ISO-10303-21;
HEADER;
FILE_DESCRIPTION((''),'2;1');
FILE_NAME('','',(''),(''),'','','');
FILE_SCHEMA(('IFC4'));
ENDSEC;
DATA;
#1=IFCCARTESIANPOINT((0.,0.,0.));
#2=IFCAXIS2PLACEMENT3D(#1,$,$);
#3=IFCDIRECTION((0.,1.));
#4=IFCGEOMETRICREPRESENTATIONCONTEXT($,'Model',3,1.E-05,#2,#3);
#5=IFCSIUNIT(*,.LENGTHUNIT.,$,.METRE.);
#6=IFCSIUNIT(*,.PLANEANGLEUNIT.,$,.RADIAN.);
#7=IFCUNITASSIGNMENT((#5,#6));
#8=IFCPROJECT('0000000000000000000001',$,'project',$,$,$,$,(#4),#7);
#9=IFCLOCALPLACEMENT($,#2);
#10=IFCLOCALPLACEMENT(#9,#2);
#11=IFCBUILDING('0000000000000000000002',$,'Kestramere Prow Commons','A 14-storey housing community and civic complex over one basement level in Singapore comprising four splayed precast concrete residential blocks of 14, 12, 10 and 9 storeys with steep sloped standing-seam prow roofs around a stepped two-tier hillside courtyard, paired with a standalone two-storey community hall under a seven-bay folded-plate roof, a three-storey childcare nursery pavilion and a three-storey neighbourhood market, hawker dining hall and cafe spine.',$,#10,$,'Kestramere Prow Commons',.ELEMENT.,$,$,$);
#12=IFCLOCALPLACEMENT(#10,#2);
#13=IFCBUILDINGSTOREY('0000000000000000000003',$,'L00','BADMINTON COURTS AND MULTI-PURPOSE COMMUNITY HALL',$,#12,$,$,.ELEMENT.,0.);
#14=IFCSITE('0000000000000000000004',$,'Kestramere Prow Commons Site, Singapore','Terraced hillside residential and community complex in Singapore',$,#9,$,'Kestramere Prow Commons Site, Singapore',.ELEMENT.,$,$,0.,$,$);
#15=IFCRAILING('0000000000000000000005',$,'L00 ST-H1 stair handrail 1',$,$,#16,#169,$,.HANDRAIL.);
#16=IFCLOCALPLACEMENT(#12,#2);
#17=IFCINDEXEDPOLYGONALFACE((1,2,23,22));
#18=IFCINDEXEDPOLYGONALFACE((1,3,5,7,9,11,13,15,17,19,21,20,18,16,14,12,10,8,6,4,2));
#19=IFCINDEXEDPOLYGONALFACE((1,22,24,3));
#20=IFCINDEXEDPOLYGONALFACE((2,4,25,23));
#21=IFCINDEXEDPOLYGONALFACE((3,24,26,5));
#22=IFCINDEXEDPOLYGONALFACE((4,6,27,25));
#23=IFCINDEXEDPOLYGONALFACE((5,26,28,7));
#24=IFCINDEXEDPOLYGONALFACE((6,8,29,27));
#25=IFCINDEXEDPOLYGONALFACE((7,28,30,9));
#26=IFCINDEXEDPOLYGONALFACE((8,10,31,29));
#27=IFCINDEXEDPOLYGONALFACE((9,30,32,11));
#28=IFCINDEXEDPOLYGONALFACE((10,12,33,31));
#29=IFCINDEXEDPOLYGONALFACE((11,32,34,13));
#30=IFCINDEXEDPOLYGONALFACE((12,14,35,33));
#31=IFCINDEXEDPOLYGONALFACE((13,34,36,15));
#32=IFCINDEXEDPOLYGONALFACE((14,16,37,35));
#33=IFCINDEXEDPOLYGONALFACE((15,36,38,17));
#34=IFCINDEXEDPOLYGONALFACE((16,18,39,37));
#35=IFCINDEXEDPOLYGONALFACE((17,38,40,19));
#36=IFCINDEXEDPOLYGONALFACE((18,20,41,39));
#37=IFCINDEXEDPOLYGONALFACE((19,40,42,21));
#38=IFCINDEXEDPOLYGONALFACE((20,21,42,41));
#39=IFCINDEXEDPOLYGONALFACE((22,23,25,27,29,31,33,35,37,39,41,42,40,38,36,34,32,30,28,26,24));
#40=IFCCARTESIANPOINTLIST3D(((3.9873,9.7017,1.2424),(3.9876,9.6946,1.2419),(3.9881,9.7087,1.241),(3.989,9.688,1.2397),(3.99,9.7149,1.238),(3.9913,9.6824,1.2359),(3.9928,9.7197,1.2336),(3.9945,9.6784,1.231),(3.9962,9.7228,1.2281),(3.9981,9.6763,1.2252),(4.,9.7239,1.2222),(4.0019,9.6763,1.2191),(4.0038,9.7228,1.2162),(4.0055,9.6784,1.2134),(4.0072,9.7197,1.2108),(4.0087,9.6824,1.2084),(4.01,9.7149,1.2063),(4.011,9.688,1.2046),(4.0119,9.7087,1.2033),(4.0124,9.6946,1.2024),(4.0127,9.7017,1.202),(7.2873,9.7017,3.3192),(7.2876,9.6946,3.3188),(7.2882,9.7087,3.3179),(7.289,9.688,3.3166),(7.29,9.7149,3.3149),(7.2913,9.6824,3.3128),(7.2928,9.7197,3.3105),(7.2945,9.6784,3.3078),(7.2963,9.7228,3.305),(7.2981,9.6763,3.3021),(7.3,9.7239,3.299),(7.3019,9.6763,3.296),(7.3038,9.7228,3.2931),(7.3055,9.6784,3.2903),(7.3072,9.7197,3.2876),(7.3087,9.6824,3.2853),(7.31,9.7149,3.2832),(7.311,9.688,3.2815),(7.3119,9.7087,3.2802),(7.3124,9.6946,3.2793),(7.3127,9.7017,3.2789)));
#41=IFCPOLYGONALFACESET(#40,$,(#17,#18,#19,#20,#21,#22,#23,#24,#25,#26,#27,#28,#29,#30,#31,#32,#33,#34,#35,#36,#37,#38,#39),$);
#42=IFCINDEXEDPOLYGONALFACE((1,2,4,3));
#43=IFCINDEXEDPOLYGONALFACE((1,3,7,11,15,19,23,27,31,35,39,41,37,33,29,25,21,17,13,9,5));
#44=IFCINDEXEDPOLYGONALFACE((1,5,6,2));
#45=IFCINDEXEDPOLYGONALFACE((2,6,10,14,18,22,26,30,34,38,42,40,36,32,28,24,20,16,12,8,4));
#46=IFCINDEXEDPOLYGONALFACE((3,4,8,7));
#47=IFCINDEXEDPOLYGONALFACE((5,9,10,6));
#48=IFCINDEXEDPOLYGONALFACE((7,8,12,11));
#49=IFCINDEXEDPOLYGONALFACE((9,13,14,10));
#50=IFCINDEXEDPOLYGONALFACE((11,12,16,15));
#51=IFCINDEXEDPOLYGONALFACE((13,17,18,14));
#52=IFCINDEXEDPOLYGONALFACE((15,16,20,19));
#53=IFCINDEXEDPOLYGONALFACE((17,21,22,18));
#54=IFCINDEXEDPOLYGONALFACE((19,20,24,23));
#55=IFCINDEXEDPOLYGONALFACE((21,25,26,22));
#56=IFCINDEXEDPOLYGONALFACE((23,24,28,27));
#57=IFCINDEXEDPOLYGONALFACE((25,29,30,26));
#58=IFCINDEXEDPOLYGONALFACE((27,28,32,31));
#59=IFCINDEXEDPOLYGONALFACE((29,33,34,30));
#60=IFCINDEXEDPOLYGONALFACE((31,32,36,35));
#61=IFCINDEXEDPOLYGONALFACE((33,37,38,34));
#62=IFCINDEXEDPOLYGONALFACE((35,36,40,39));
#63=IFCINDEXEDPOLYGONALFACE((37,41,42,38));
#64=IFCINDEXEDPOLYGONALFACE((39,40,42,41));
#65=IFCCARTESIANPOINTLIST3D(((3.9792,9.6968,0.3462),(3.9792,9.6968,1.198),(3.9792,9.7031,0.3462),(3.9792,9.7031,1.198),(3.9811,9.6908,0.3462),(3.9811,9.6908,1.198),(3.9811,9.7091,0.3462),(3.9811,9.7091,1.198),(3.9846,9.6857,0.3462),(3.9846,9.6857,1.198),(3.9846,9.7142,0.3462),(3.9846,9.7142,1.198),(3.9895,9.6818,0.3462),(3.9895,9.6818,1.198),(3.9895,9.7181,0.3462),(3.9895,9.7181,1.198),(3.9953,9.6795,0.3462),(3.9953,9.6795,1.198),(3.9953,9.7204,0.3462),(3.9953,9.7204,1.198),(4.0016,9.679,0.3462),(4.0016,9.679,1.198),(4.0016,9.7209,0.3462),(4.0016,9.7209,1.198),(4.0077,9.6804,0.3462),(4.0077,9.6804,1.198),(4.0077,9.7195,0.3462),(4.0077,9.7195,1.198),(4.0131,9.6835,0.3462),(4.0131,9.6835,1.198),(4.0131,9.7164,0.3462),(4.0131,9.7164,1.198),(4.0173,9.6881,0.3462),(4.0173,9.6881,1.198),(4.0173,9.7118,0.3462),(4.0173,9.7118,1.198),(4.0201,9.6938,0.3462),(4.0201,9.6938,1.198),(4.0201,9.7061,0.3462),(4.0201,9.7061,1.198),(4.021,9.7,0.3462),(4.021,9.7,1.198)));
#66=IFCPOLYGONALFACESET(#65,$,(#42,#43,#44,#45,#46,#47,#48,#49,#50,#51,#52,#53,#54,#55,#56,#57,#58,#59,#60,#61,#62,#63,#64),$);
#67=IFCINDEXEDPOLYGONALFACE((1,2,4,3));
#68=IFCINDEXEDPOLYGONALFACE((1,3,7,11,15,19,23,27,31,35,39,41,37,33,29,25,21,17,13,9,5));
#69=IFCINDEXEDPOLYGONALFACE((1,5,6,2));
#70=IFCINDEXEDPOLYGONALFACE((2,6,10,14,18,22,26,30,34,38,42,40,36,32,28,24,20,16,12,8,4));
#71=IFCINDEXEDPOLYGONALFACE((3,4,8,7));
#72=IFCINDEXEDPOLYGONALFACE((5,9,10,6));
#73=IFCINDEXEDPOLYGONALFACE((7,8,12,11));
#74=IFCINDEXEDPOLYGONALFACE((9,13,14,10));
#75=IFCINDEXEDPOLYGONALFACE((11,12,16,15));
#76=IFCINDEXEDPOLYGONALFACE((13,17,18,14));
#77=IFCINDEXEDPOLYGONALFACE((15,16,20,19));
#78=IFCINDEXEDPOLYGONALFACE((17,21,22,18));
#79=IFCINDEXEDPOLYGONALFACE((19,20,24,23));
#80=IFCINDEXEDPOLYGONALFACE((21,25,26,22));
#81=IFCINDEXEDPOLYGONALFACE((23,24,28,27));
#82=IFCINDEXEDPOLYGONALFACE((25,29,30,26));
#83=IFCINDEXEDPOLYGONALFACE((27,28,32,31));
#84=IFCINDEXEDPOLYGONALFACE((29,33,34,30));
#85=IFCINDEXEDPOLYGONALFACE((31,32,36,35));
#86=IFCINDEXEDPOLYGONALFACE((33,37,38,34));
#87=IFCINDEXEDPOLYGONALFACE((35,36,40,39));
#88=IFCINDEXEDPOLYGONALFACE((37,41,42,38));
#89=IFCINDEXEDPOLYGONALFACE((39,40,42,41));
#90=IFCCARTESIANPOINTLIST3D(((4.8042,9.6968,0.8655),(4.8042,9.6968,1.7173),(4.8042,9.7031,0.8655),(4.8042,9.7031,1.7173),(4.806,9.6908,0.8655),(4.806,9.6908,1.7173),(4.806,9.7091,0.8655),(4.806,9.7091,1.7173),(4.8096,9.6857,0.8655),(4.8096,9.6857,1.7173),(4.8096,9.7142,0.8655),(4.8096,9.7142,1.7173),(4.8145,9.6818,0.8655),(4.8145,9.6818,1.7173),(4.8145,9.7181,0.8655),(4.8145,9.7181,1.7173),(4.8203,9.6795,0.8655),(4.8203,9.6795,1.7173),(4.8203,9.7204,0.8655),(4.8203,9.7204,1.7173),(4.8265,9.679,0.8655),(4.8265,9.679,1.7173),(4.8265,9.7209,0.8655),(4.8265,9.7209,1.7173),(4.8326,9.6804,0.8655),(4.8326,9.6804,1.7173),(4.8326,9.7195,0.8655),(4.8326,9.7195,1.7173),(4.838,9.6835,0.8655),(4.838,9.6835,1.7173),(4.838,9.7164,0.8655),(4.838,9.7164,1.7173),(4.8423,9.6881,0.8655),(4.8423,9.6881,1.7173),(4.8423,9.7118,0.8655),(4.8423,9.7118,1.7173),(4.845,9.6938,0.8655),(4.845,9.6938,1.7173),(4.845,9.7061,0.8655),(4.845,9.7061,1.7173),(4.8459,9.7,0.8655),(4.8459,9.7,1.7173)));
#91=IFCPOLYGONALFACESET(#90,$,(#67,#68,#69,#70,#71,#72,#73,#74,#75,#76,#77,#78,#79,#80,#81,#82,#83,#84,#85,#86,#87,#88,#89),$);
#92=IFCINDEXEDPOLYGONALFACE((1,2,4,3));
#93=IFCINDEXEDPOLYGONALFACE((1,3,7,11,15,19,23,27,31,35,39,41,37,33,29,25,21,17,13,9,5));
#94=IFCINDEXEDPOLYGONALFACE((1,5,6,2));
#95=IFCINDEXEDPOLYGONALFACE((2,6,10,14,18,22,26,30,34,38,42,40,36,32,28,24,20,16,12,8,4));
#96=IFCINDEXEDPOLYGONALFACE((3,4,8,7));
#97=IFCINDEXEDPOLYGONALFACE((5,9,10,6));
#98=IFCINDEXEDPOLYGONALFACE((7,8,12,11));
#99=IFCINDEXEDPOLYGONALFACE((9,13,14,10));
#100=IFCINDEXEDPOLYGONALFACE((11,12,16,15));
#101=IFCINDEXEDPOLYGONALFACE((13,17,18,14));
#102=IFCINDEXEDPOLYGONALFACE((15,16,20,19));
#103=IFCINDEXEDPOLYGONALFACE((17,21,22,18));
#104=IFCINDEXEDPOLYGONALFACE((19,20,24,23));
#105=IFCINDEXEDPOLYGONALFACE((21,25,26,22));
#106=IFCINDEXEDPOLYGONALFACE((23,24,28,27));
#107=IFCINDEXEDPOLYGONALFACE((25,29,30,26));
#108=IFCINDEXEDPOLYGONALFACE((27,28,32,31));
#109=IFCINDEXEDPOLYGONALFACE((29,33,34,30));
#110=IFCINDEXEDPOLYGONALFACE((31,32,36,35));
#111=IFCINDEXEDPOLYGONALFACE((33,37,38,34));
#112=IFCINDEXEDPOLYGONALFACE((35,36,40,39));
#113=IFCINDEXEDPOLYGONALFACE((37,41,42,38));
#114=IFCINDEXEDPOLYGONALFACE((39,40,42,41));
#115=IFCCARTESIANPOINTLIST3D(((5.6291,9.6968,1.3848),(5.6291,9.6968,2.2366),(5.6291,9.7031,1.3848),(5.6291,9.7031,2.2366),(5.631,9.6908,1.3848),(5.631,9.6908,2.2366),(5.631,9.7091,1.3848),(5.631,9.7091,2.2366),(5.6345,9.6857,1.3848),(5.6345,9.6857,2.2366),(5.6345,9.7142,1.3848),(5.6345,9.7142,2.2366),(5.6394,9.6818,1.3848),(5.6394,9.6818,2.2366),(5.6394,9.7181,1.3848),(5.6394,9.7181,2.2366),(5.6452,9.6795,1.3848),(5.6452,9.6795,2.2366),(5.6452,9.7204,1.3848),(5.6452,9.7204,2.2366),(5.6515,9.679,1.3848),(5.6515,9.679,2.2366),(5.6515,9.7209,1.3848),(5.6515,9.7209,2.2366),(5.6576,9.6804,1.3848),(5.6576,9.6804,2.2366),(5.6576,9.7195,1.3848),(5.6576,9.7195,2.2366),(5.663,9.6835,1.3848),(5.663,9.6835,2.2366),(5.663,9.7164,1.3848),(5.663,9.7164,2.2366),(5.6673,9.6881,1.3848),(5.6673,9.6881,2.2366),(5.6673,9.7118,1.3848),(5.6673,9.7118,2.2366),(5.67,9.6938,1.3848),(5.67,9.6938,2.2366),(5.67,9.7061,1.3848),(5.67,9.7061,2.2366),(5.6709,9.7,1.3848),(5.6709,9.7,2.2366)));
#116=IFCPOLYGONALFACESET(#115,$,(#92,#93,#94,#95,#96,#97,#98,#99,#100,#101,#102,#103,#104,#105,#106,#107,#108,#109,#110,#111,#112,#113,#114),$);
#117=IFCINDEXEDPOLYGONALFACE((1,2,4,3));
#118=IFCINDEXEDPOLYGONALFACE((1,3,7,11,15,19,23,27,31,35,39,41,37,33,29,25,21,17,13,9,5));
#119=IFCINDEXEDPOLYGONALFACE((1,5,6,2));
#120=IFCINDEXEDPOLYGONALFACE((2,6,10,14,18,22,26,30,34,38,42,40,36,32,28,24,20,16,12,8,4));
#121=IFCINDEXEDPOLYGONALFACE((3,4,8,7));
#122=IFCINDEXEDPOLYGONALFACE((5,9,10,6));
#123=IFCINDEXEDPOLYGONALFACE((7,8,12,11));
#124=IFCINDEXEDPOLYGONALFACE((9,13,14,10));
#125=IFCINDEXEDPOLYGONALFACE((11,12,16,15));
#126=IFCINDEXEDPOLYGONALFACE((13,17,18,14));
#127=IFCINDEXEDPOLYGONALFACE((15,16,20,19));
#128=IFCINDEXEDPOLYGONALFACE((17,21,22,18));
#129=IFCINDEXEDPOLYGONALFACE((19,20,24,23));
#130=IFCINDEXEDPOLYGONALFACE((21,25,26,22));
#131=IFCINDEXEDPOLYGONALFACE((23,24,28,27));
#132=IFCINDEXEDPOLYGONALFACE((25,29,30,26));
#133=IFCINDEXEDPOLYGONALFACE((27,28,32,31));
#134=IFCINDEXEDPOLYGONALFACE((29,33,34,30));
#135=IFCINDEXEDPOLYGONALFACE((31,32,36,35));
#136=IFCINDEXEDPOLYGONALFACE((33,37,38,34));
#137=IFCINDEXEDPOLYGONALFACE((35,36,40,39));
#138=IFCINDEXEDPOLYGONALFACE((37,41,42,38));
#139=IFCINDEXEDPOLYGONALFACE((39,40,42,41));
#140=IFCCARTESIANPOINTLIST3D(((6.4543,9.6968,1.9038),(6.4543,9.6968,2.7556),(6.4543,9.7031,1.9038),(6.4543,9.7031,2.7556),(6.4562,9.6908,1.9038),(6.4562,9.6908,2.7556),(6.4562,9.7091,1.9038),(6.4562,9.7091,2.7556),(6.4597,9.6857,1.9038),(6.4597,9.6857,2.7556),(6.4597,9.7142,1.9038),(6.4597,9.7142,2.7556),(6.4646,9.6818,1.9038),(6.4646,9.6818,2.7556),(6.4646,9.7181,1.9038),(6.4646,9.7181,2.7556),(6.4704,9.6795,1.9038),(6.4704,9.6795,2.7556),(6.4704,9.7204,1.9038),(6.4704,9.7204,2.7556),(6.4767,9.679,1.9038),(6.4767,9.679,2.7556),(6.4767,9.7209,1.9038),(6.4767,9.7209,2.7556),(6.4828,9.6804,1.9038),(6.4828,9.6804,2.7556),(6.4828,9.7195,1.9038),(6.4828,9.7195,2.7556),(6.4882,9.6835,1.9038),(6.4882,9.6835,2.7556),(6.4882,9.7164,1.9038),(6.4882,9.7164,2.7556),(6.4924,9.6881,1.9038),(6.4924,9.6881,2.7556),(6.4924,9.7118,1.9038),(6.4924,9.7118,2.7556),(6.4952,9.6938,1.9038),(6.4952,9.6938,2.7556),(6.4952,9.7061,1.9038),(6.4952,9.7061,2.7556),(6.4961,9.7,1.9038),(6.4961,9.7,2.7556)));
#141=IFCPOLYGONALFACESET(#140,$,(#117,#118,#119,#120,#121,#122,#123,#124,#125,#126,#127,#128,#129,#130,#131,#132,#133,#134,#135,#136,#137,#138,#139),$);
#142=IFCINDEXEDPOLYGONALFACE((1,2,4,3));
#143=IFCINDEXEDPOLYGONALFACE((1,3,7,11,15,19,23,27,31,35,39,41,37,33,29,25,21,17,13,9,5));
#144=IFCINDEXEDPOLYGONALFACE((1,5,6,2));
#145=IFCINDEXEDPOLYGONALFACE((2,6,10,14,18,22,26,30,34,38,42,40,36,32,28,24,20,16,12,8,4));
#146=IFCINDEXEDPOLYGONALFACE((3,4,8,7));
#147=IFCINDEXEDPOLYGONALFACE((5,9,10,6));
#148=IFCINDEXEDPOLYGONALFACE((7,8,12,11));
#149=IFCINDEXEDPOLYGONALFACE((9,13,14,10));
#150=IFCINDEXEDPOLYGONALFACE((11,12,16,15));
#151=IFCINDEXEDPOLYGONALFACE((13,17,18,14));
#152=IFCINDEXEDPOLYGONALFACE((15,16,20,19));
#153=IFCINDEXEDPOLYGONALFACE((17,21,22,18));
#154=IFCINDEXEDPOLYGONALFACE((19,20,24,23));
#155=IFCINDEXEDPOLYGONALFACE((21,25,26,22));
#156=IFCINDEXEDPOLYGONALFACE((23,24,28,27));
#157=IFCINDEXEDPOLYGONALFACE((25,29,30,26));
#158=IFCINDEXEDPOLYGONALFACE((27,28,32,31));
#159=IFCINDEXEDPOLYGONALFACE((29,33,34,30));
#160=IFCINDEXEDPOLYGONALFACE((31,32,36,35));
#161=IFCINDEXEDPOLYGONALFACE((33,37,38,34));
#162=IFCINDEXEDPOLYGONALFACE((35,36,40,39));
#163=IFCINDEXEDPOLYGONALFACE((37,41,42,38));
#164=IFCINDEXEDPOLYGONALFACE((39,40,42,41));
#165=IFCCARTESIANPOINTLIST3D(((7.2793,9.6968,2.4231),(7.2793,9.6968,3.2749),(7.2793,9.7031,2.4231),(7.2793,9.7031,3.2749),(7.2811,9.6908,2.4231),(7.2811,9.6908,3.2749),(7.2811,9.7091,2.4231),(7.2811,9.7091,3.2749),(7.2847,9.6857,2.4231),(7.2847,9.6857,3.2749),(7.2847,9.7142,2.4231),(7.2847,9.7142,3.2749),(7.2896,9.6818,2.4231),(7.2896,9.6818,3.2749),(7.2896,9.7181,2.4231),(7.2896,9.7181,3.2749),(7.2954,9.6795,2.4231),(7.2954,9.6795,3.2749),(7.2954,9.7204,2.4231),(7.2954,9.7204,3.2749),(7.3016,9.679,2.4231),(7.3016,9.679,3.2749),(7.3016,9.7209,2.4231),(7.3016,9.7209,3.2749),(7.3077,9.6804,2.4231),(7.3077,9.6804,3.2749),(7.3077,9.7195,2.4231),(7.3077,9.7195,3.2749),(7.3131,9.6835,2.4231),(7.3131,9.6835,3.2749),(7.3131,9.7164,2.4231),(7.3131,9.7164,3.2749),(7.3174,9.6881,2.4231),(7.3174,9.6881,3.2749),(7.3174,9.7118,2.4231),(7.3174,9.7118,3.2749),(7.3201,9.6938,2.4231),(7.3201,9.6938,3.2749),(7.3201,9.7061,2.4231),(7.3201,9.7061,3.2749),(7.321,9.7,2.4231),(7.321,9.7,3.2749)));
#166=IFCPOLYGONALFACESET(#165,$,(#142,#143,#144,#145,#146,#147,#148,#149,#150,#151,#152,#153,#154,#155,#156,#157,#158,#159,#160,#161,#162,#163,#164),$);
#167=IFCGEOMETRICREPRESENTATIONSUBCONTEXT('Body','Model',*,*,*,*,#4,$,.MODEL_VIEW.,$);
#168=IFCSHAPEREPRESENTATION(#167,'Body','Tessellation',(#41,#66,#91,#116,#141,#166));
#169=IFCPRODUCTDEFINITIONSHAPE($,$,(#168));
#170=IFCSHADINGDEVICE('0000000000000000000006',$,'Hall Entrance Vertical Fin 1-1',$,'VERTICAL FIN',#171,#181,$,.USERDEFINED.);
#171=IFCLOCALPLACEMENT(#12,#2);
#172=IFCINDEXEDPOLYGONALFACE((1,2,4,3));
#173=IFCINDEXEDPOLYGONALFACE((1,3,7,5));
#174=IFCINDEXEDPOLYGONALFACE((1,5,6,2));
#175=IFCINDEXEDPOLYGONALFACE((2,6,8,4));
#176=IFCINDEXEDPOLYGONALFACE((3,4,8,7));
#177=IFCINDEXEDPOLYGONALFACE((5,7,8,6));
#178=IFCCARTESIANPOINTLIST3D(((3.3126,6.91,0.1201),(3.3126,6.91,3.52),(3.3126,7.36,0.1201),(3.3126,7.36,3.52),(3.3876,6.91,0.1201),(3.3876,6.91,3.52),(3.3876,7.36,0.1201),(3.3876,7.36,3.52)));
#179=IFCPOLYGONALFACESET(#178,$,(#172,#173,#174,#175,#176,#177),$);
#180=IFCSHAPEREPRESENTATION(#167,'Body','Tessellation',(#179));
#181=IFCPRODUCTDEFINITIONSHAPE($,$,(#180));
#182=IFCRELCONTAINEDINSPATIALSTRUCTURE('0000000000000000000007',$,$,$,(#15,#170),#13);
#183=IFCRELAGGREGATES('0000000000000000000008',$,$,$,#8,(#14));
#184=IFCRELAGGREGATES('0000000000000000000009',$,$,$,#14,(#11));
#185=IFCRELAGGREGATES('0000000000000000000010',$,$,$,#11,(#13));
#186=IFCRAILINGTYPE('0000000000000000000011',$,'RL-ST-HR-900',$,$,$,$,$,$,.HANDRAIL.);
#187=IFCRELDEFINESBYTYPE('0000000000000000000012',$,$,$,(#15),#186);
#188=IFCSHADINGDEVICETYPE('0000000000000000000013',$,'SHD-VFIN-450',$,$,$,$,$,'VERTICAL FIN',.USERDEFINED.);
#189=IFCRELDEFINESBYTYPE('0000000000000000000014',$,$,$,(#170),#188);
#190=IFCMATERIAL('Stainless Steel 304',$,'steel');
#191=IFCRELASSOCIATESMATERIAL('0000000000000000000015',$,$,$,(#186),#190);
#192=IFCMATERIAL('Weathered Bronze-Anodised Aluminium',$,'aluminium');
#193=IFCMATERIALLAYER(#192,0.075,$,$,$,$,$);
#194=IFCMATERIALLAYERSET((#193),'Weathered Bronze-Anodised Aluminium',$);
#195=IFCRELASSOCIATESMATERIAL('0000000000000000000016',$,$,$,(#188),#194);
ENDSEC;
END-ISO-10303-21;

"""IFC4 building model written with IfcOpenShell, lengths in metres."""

from ifc_helpers import new_model, si_unit, direction, frame, origin, origin_2d, place, context, subcontext, project, spatial, rectangle, circle, extrude, material, layer, layer_set, type_object, element, save


model = new_model("IFC4")

# Units and contexts
model_context = context("Model", 3, precision=1e-05, world=origin(), true_north=direction((0.0, 1.0)))
body_context = subcontext(model_context, "Body", "Model", "MODEL_VIEW")
ifc_project = project(units=[si_unit("LENGTHUNIT", "METRE"), si_unit("PLANEANGLEUNIT", "RADIAN")], contexts=[model_context])

# Site, building, storey
site_placement = place(None, origin())
site = spatial("IfcSite", under=ifc_project, at=site_placement, Name="Kestramere Prow Commons Site, Singapore", Description="Terraced hillside residential and community complex in Singapore", LongName="Kestramere Prow Commons Site, Singapore", CompositionType="ELEMENT", RefElevation=0.0)
building_placement = place(site_placement, origin())
building = spatial("IfcBuilding", under=site, at=building_placement, Name="Kestramere Prow Commons", Description="A 14-storey housing community and civic complex over one basement level in Singapore comprising four splayed precast concrete residential blocks of 14, 12, 10 and 9 storeys with steep sloped standing-seam prow roofs around a stepped two-tier hillside courtyard, paired with a standalone two-storey community hall under a seven-bay folded-plate roof, a three-storey childcare nursery pavilion and a three-storey neighbourhood market, hawker dining hall and cafe spine.", LongName="Kestramere Prow Commons", CompositionType="ELEMENT")
storey_placement = place(building_placement, origin())
storey = spatial("IfcBuildingStorey", under=building, at=storey_placement, Name="L00", Description="BADMINTON COURTS AND MULTI-PURPOSE COMMUNITY HALL", CompositionType="ELEMENT", Elevation=0.0)

# Railing
ifc_material_1 = material(Name="Stainless Steel 304", Category="steel")
railing_type_1 = type_object("IfcRailingType", Name="RL-ST-HR-900", PredefinedType="HANDRAIL", material=ifc_material_1)
railing_1_placement = place(storey_placement, frame((4.0, 9.7, 0.3462)))
element("IfcRailing", 1, at=railing_1_placement, inside=storey, type_object=railing_type_1, Name="L00 ST-H1 stair handrail 1", PredefinedType="HANDRAIL", context=body_context, shape_type="SweptSolid", body=[
    extrude(circle(Radius=0.0239, at=origin_2d()), frame((0.0, 0.0, 0.876), z_axis=(0.846337, 0.0, 0.532647), x_axis=(0.0, 1.0, 0.0)), (0.0, 0.0, 1.0), 3.8992),
    extrude(circle(Radius=0.021, at=origin_2d()), origin(), (0.0, 0.0, 1.0), 0.8518),
    extrude(circle(Radius=0.021, at=origin_2d()), frame((0.825, 0.0, 0.5193)), (0.0, 0.0, 1.0), 0.8518),
    extrude(circle(Radius=0.021, at=origin_2d()), frame((1.6499, 0.0, 1.0386)), (0.0, 0.0, 1.0), 0.8518),
    extrude(circle(Radius=0.021, at=origin_2d()), frame((2.4751, 0.0, 1.5576)), (0.0, 0.0, 1.0), 0.8518),
    extrude(circle(Radius=0.021, at=origin_2d()), frame((3.3, 0.0, 2.0769)), (0.0, 0.0, 1.0), 0.8518),
])

# Shading device
ifc_material_2 = material(Name="Weathered Bronze-Anodised Aluminium", Category="aluminium")
ifc_layer_1 = layer(ifc_material_2, 0.075)
ifc_layer_set_1 = layer_set([ifc_layer_1], Name="Weathered Bronze-Anodised Aluminium")
shading_device_type = type_object("IfcShadingDeviceType", Name="SHD-VFIN-450", ElementType="VERTICAL FIN", PredefinedType="USERDEFINED", material=ifc_layer_set_1)
shading_device_placement = place(storey_placement, frame((3.3501, 7.135, 0.1201), z_axis=(0.0, 0.0, 1.0), x_axis=(1.0, 0.0, 0.0)))
element("IfcShadingDevice", 2, at=shading_device_placement, inside=storey, type_object=shading_device_type, Name="Hall Entrance Vertical Fin 1-1", ObjectType="VERTICAL FIN", PredefinedType="USERDEFINED", context=body_context, shape_type="SweptSolid", body=[
    extrude(rectangle(XDim=0.075, YDim=0.45, at=origin_2d()), origin(), (0.0, 0.0, 1.0), 3.3999),
])

save(model, "model.ifc")
